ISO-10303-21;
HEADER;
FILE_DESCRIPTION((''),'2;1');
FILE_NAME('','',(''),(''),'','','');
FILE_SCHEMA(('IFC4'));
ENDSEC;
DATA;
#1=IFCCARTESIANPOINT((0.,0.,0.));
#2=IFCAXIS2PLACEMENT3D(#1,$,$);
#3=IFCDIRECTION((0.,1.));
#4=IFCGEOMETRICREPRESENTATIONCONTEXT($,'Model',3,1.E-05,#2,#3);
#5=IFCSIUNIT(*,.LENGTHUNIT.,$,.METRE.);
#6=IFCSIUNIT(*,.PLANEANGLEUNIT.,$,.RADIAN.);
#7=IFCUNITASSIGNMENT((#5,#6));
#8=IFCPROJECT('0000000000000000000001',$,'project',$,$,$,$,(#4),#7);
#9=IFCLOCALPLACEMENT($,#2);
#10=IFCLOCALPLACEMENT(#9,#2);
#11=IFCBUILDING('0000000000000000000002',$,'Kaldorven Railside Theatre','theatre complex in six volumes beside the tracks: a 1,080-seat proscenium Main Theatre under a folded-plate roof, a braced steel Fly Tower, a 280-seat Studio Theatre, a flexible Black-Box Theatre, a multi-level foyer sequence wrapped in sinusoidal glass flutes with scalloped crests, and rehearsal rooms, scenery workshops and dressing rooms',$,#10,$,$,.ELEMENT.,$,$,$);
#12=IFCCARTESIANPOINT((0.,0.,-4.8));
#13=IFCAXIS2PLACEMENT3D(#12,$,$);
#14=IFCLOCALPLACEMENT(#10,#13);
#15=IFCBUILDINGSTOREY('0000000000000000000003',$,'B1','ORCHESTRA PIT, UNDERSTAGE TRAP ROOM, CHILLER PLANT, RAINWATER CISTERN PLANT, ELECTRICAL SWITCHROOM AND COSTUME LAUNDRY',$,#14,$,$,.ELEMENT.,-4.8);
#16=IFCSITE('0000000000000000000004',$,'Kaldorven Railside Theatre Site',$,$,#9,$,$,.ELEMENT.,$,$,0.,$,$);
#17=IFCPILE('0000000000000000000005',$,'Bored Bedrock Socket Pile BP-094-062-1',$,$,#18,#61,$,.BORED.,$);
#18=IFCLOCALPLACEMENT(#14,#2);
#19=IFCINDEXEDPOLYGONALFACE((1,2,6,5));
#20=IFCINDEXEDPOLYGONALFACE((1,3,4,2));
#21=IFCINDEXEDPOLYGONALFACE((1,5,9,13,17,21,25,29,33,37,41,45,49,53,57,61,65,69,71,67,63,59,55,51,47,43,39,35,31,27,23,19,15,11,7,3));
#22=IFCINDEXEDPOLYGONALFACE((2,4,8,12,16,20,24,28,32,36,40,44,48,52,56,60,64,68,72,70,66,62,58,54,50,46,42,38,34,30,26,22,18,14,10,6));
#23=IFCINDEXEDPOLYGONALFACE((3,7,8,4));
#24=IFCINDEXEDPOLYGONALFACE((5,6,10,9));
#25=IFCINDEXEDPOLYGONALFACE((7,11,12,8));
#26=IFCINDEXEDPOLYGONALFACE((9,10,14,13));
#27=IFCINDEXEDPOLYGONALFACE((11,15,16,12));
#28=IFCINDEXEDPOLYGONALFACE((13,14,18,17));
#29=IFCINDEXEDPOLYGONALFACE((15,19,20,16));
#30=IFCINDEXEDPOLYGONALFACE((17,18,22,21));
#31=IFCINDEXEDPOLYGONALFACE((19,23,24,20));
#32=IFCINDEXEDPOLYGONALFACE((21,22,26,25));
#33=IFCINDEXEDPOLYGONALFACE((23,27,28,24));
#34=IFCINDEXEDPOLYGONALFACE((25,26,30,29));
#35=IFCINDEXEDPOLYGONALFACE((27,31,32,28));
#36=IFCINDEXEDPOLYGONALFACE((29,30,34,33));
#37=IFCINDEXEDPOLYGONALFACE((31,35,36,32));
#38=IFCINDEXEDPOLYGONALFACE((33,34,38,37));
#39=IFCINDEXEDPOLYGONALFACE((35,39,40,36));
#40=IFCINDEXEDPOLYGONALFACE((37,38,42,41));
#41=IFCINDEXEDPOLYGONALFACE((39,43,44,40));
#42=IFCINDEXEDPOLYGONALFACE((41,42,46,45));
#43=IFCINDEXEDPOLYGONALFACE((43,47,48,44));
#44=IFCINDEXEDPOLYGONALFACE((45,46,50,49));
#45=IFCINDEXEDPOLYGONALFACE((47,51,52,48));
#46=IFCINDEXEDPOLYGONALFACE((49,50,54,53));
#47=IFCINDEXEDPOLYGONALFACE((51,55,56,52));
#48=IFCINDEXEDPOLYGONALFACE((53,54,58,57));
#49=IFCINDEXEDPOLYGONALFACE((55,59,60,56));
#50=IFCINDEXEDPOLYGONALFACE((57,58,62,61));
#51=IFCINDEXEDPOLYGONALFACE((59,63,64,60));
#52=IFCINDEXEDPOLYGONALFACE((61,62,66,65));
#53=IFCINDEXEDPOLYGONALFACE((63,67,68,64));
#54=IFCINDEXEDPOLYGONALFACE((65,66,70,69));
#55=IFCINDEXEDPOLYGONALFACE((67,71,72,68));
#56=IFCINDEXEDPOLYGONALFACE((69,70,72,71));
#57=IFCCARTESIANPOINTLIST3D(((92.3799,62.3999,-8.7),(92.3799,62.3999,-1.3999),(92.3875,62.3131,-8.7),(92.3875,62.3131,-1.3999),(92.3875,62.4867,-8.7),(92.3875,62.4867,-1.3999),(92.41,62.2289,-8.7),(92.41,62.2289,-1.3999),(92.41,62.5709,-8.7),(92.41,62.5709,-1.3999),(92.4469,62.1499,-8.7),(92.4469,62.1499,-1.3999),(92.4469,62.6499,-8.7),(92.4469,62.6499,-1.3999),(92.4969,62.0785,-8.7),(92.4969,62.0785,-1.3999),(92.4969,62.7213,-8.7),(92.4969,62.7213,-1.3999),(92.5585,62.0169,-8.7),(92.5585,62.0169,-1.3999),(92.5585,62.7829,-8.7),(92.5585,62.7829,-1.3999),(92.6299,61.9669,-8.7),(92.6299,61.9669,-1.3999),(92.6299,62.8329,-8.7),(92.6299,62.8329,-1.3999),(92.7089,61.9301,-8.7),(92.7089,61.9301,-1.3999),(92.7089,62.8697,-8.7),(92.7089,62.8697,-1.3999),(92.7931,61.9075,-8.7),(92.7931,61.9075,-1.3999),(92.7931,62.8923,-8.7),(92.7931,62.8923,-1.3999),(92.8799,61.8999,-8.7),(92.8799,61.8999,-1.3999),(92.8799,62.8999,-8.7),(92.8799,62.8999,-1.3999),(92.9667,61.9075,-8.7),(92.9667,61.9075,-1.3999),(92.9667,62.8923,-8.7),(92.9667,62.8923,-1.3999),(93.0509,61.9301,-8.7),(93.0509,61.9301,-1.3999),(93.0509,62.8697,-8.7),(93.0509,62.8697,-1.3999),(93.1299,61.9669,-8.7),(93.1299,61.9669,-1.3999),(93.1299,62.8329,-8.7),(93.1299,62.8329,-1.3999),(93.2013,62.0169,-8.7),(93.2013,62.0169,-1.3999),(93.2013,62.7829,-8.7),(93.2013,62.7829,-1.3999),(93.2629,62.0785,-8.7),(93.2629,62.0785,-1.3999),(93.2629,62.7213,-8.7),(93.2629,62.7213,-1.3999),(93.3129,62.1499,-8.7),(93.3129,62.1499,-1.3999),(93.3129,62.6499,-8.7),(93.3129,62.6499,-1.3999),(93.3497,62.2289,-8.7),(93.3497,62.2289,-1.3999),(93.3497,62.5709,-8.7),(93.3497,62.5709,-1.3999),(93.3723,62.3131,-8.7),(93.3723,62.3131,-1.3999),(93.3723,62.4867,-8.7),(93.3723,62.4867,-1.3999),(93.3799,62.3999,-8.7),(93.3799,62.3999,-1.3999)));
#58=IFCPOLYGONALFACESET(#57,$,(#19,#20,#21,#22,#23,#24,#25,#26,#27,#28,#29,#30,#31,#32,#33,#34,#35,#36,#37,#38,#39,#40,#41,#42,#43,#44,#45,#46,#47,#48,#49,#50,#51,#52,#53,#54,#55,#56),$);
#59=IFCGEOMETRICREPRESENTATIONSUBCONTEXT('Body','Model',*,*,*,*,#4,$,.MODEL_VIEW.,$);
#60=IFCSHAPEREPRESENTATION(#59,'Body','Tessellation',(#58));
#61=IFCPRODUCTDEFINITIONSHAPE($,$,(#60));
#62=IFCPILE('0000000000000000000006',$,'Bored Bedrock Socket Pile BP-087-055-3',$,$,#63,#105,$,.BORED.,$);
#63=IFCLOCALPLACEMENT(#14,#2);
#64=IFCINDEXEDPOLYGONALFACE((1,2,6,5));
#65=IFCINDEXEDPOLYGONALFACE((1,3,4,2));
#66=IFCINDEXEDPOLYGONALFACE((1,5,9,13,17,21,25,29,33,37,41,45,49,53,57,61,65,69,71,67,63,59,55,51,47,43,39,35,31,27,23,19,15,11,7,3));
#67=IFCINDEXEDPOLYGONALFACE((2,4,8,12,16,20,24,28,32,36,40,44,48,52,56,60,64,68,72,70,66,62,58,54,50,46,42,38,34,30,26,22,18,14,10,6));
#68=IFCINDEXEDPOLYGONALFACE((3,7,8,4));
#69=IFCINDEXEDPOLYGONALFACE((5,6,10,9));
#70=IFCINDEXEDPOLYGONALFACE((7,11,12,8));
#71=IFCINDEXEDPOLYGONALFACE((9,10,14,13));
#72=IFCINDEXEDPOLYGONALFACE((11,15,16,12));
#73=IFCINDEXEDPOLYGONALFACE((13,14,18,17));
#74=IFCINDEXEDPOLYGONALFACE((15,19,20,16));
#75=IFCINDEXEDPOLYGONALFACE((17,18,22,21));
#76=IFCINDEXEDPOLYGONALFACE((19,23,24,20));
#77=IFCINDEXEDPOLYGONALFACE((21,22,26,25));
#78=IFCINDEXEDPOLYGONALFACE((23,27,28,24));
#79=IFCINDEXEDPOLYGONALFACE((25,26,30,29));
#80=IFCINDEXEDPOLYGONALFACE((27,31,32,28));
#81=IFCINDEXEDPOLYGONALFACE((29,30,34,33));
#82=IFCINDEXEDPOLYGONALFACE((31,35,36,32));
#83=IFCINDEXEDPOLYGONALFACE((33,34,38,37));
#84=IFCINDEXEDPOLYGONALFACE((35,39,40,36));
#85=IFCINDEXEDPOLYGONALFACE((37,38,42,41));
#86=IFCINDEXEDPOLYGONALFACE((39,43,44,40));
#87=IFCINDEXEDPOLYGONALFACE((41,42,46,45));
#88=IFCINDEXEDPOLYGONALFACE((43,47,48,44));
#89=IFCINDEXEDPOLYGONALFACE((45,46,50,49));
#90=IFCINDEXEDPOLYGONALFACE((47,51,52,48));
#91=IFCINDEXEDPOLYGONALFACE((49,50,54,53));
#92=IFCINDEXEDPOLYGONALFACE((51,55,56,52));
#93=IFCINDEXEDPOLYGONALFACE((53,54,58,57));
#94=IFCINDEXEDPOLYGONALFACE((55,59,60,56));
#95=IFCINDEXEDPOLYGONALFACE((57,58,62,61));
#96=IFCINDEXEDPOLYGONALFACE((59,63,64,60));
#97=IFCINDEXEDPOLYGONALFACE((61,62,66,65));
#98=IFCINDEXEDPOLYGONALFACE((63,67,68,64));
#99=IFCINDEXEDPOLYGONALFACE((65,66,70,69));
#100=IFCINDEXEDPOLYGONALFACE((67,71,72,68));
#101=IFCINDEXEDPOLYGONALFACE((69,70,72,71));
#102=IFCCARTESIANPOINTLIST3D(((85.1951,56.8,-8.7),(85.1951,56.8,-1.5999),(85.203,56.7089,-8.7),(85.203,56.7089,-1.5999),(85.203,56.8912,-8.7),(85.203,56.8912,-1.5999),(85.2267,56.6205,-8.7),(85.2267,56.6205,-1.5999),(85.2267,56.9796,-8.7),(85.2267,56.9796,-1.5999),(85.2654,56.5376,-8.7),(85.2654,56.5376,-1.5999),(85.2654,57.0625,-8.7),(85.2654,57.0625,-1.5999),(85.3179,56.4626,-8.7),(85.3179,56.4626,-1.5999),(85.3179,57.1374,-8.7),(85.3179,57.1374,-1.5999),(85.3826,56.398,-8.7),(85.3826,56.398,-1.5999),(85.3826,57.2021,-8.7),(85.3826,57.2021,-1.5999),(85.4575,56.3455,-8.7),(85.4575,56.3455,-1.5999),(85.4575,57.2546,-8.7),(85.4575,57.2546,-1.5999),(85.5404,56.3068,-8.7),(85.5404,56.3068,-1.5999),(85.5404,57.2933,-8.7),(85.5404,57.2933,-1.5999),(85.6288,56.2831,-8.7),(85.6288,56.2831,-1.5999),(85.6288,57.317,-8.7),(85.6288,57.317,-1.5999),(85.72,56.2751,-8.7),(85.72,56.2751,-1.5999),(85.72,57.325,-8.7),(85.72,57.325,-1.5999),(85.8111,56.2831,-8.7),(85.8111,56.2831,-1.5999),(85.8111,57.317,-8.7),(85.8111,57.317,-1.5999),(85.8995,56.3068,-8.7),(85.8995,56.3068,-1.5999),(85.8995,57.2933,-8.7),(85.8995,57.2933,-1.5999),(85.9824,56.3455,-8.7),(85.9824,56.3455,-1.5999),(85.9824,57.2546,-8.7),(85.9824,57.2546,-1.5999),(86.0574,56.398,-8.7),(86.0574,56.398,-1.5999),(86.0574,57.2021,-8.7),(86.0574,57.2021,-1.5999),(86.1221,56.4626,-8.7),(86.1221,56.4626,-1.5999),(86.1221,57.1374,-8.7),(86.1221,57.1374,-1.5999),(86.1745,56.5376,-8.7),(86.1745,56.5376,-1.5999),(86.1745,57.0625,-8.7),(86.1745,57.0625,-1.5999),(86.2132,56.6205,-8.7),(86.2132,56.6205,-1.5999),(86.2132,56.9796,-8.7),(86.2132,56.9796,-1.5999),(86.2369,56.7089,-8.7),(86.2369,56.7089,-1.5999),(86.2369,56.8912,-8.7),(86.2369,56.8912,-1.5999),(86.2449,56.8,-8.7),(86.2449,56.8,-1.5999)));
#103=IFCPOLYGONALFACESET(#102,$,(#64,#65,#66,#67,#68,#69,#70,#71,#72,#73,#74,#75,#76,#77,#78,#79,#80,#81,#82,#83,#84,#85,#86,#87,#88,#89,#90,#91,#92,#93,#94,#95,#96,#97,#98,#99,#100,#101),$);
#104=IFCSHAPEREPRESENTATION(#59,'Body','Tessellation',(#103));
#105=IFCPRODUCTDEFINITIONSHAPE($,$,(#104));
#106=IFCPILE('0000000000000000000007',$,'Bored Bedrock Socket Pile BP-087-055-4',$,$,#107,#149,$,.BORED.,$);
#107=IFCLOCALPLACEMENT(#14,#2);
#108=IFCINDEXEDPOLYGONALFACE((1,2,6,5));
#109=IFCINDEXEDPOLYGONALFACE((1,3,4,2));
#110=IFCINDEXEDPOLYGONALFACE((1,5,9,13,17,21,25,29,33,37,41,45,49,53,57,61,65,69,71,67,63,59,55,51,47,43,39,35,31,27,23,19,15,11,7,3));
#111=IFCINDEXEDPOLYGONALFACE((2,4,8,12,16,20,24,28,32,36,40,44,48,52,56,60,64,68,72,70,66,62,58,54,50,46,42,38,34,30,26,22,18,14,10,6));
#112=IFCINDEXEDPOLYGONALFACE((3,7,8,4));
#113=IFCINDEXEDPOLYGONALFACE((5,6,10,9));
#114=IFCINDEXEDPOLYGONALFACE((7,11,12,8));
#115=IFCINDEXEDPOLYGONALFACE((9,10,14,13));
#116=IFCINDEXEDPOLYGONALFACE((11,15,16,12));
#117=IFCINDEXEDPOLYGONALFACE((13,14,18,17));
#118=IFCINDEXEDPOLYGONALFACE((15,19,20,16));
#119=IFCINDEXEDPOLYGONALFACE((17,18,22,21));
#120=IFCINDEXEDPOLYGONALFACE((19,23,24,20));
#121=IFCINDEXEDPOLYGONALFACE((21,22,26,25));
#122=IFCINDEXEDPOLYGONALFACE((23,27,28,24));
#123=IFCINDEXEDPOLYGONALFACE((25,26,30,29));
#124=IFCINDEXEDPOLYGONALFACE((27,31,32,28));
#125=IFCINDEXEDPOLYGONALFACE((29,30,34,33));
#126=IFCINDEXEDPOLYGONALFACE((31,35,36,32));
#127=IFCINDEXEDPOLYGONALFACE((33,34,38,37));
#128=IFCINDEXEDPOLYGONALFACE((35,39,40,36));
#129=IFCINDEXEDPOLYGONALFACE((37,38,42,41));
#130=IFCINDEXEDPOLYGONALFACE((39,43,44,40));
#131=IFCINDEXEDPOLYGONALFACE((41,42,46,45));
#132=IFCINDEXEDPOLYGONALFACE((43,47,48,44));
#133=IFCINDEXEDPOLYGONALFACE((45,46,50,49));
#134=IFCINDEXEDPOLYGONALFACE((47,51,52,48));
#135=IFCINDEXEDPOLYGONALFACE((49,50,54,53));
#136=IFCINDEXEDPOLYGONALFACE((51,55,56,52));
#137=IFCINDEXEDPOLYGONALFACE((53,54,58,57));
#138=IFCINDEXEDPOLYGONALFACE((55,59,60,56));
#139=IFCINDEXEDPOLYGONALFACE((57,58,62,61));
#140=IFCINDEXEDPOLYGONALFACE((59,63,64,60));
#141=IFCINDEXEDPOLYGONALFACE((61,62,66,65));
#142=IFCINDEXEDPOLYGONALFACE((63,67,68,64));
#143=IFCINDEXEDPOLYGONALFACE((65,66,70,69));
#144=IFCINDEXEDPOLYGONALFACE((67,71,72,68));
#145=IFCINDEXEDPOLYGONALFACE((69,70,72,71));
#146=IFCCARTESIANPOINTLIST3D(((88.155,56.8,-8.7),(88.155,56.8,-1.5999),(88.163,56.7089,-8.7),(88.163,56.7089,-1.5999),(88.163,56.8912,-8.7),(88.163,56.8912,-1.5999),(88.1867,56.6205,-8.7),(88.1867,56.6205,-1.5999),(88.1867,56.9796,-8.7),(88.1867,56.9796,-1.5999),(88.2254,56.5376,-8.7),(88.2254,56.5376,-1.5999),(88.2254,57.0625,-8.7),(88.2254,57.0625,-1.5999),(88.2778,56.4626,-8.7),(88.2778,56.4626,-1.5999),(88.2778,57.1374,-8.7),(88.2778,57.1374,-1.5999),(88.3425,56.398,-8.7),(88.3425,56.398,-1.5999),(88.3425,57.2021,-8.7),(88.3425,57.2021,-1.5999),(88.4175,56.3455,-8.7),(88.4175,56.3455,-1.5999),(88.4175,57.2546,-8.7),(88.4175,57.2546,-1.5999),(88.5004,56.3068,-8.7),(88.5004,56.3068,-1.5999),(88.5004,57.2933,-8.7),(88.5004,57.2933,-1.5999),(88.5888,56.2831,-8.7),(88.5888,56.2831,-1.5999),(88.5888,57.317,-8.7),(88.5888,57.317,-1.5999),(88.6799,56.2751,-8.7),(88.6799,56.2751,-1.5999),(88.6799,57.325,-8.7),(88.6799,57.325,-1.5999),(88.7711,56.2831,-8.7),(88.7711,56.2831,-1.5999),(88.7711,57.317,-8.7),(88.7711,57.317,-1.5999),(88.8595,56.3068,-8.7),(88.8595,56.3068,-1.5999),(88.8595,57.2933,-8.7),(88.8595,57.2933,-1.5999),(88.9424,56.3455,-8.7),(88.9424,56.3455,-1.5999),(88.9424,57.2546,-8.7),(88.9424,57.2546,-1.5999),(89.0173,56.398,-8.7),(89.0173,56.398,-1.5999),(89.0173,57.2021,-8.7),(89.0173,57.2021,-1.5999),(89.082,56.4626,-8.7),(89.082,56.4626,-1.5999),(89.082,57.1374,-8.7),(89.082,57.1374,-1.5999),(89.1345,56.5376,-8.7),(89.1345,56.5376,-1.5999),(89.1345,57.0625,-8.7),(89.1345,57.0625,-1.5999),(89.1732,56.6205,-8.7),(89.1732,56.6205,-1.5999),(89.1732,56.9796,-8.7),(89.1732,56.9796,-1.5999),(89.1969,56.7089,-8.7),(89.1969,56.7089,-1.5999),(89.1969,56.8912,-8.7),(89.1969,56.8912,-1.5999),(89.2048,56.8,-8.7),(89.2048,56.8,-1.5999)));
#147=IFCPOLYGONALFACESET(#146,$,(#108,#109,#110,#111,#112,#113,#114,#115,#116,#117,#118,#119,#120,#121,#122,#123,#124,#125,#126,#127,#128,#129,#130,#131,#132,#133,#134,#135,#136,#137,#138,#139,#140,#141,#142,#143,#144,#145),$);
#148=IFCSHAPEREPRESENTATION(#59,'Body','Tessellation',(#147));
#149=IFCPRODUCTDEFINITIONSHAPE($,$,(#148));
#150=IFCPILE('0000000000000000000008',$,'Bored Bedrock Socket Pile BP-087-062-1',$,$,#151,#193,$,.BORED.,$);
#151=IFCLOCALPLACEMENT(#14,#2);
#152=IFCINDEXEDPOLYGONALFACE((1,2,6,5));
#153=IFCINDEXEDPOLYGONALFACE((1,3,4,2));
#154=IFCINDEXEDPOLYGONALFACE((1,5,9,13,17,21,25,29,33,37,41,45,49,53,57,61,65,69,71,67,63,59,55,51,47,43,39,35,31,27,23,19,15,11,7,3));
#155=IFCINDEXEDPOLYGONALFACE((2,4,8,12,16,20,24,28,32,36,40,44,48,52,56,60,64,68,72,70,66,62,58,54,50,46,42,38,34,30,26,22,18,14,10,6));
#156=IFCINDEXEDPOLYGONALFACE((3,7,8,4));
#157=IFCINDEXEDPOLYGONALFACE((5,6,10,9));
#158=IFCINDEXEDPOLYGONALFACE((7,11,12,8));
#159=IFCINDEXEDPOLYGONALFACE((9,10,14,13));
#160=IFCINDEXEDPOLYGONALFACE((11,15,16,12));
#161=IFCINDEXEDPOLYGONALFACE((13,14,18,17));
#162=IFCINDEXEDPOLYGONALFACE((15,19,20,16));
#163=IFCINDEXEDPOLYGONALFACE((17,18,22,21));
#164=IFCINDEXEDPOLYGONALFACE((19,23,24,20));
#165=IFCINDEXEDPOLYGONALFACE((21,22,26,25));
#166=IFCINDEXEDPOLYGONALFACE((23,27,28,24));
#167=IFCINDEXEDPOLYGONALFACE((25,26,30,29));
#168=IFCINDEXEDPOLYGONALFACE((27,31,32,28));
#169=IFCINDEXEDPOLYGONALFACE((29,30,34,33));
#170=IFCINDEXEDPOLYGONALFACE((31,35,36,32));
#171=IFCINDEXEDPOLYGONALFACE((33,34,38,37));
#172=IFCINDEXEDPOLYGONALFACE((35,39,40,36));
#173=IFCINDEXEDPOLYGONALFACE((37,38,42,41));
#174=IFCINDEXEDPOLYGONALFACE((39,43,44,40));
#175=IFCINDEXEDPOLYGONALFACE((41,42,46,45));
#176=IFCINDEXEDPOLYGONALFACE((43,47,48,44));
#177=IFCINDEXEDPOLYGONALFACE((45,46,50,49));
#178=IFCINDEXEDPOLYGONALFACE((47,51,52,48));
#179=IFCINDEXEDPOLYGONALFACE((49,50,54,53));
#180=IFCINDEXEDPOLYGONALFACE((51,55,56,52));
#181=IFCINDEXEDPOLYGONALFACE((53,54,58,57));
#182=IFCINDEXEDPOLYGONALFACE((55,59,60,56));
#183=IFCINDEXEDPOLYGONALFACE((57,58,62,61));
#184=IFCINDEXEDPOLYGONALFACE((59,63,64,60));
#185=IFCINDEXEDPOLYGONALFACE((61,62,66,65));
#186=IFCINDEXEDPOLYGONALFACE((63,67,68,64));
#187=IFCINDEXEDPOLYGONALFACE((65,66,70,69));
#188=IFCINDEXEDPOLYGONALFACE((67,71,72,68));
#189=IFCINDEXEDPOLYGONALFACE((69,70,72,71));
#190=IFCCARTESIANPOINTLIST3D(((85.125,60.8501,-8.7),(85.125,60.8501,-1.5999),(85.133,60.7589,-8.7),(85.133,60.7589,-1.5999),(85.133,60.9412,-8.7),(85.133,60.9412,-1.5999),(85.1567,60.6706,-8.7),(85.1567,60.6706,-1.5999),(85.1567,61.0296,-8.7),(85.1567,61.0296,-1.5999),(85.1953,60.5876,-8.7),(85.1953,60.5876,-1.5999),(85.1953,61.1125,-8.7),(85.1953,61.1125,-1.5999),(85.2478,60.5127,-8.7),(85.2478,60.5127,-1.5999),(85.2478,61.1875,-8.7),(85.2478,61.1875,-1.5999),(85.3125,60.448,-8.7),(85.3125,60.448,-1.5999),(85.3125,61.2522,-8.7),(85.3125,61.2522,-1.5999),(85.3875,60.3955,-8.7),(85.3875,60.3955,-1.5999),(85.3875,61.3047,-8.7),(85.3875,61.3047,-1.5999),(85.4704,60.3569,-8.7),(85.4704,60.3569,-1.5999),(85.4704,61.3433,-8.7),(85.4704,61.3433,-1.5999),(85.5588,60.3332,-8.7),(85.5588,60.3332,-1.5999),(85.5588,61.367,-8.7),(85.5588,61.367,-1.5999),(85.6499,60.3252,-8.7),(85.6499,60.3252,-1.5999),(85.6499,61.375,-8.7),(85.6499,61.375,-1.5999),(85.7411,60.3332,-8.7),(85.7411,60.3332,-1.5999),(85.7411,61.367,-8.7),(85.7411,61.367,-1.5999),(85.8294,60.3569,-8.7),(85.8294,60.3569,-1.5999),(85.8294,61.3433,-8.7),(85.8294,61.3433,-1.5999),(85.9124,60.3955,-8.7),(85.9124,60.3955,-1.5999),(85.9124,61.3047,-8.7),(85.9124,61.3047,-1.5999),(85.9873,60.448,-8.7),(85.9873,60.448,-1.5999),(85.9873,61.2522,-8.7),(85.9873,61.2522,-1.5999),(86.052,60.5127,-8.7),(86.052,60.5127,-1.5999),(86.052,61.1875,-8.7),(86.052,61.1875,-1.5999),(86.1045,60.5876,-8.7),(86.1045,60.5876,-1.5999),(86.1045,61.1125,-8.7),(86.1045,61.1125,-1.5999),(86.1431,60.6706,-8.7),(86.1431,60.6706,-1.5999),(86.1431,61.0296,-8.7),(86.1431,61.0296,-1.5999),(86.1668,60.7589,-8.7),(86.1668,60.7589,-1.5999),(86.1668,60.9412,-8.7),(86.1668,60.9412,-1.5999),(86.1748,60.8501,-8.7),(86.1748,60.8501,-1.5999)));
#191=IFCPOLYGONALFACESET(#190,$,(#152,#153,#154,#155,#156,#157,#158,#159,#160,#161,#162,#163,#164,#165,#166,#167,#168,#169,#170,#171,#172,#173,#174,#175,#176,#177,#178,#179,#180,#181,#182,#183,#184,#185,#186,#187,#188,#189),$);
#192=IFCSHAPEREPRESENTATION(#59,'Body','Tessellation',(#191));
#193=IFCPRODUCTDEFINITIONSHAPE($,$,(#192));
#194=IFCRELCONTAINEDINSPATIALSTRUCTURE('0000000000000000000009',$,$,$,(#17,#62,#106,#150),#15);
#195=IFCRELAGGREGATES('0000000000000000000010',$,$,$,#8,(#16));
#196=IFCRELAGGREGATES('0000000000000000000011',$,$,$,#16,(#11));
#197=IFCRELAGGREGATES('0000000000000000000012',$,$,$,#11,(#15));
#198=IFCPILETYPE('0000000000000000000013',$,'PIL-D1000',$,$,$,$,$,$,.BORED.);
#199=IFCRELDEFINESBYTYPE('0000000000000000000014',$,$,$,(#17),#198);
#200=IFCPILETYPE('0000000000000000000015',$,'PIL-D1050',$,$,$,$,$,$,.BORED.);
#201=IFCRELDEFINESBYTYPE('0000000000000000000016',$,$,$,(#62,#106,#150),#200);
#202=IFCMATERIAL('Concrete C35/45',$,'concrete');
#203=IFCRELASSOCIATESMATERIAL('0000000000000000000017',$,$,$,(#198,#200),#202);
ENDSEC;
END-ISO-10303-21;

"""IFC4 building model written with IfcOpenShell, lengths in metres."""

from ifc_helpers import new_model, si_unit, direction, frame, origin, origin_2d, place, context, subcontext, project, spatial, circle, extrude, material, material_profile, profile_set, type_object, element, save


model = new_model("IFC4")

# Units and contexts
model_context = context("Model", 3, precision=1e-05, world=origin(), true_north=direction((0.0, 1.0)))
body_context = subcontext(model_context, "Body", "Model", "MODEL_VIEW")
ifc_project = project(units=[si_unit("LENGTHUNIT", "METRE"), si_unit("PLANEANGLEUNIT", "RADIAN")], contexts=[model_context])

# Site, building, storey
site_placement = place(None, origin())
site = spatial("IfcSite", under=ifc_project, at=site_placement, Name="Kaldorven Railside Theatre Site", CompositionType="ELEMENT", RefElevation=0.0)
building_placement = place(site_placement, origin())
building = spatial("IfcBuilding", under=site, at=building_placement, Name="Kaldorven Railside Theatre", Description="theatre complex in six volumes beside the tracks: a 1,080-seat proscenium Main Theatre under a folded-plate roof, a braced steel Fly Tower, a 280-seat Studio Theatre, a flexible Black-Box Theatre, a multi-level foyer sequence wrapped in sinusoidal glass flutes with scalloped crests, and rehearsal rooms, scenery workshops and dressing rooms", CompositionType="ELEMENT")
storey_placement = place(building_placement, frame((0.0, 0.0, -4.8)))
storey = spatial("IfcBuildingStorey", under=building, at=storey_placement, Name="B1", Description="ORCHESTRA PIT, UNDERSTAGE TRAP ROOM, CHILLER PLANT, RAINWATER CISTERN PLANT, ELECTRICAL SWITCHROOM AND COSTUME LAUNDRY", CompositionType="ELEMENT", Elevation=-4.8)

# Piles
ifc_material_1 = material(Name="Concrete C35/45", Category="concrete")
ifc_material_profile_1 = material_profile(ifc_material_1, circle(Radius=0.5, at=origin_2d()), Name="BP D1000")
ifc_profile_set_1 = profile_set([ifc_material_profile_1], Name="Concrete C35/45")
pile_type_1 = type_object("IfcPileType", Name="PIL-D1000", PredefinedType="BORED", material=ifc_profile_set_1)
pile_1_placement = place(storey_placement, frame((92.8799, 62.3999, -1.3999), z_axis=(0.0, 0.0, -1.0), x_axis=(1.0, 0.0, 0.0)))
element("IfcPile", 1, at=pile_1_placement, inside=storey, type_object=pile_type_1, Name="Bored Bedrock Socket Pile BP-094-062-1", PredefinedType="BORED", context=body_context, shape_type="SweptSolid", body=[
    extrude(circle(Radius=0.5, at=origin_2d()), origin(), (0.0, 0.0, 1.0), 7.3),
])
ifc_material_profile_2 = material_profile(ifc_material_1, circle(Radius=0.5249, at=origin_2d()), Name="BP D1050")
ifc_profile_set_2 = profile_set([ifc_material_profile_2], Name="Concrete C35/45")
pile_type_2 = type_object("IfcPileType", Name="PIL-D1050", PredefinedType="BORED", material=ifc_profile_set_2)
for number, where, z_axis, x_axis, name in (
    (2, (85.72, 56.8, -1.5999), (0.0, 0.0, -1.0), (1.0, 0.0, 0.0), "Bored Bedrock Socket Pile BP-087-055-3"),
    (3, (88.6799, 56.8, -1.5999), (0.0, 0.0, -1.0), (1.0, 0.0, 0.0), "Bored Bedrock Socket Pile BP-087-055-4"),
    (4, (85.6499, 60.8501, -1.5999), (0.0, 0.0, -1.0), (1.0, 0.0, 0.0), "Bored Bedrock Socket Pile BP-087-062-1"),
):
    element("IfcPile", number, at=place(storey_placement, frame(where, z_axis=z_axis, x_axis=x_axis)), inside=storey, type_object=pile_type_2, Name=name, PredefinedType="BORED", context=body_context, shape_type="SweptSolid", body=[
        extrude(circle(Radius=0.5249, at=origin_2d()), origin(), (0.0, 0.0, 1.0), 7.1001),
    ])

save(model, "model.ifc")
